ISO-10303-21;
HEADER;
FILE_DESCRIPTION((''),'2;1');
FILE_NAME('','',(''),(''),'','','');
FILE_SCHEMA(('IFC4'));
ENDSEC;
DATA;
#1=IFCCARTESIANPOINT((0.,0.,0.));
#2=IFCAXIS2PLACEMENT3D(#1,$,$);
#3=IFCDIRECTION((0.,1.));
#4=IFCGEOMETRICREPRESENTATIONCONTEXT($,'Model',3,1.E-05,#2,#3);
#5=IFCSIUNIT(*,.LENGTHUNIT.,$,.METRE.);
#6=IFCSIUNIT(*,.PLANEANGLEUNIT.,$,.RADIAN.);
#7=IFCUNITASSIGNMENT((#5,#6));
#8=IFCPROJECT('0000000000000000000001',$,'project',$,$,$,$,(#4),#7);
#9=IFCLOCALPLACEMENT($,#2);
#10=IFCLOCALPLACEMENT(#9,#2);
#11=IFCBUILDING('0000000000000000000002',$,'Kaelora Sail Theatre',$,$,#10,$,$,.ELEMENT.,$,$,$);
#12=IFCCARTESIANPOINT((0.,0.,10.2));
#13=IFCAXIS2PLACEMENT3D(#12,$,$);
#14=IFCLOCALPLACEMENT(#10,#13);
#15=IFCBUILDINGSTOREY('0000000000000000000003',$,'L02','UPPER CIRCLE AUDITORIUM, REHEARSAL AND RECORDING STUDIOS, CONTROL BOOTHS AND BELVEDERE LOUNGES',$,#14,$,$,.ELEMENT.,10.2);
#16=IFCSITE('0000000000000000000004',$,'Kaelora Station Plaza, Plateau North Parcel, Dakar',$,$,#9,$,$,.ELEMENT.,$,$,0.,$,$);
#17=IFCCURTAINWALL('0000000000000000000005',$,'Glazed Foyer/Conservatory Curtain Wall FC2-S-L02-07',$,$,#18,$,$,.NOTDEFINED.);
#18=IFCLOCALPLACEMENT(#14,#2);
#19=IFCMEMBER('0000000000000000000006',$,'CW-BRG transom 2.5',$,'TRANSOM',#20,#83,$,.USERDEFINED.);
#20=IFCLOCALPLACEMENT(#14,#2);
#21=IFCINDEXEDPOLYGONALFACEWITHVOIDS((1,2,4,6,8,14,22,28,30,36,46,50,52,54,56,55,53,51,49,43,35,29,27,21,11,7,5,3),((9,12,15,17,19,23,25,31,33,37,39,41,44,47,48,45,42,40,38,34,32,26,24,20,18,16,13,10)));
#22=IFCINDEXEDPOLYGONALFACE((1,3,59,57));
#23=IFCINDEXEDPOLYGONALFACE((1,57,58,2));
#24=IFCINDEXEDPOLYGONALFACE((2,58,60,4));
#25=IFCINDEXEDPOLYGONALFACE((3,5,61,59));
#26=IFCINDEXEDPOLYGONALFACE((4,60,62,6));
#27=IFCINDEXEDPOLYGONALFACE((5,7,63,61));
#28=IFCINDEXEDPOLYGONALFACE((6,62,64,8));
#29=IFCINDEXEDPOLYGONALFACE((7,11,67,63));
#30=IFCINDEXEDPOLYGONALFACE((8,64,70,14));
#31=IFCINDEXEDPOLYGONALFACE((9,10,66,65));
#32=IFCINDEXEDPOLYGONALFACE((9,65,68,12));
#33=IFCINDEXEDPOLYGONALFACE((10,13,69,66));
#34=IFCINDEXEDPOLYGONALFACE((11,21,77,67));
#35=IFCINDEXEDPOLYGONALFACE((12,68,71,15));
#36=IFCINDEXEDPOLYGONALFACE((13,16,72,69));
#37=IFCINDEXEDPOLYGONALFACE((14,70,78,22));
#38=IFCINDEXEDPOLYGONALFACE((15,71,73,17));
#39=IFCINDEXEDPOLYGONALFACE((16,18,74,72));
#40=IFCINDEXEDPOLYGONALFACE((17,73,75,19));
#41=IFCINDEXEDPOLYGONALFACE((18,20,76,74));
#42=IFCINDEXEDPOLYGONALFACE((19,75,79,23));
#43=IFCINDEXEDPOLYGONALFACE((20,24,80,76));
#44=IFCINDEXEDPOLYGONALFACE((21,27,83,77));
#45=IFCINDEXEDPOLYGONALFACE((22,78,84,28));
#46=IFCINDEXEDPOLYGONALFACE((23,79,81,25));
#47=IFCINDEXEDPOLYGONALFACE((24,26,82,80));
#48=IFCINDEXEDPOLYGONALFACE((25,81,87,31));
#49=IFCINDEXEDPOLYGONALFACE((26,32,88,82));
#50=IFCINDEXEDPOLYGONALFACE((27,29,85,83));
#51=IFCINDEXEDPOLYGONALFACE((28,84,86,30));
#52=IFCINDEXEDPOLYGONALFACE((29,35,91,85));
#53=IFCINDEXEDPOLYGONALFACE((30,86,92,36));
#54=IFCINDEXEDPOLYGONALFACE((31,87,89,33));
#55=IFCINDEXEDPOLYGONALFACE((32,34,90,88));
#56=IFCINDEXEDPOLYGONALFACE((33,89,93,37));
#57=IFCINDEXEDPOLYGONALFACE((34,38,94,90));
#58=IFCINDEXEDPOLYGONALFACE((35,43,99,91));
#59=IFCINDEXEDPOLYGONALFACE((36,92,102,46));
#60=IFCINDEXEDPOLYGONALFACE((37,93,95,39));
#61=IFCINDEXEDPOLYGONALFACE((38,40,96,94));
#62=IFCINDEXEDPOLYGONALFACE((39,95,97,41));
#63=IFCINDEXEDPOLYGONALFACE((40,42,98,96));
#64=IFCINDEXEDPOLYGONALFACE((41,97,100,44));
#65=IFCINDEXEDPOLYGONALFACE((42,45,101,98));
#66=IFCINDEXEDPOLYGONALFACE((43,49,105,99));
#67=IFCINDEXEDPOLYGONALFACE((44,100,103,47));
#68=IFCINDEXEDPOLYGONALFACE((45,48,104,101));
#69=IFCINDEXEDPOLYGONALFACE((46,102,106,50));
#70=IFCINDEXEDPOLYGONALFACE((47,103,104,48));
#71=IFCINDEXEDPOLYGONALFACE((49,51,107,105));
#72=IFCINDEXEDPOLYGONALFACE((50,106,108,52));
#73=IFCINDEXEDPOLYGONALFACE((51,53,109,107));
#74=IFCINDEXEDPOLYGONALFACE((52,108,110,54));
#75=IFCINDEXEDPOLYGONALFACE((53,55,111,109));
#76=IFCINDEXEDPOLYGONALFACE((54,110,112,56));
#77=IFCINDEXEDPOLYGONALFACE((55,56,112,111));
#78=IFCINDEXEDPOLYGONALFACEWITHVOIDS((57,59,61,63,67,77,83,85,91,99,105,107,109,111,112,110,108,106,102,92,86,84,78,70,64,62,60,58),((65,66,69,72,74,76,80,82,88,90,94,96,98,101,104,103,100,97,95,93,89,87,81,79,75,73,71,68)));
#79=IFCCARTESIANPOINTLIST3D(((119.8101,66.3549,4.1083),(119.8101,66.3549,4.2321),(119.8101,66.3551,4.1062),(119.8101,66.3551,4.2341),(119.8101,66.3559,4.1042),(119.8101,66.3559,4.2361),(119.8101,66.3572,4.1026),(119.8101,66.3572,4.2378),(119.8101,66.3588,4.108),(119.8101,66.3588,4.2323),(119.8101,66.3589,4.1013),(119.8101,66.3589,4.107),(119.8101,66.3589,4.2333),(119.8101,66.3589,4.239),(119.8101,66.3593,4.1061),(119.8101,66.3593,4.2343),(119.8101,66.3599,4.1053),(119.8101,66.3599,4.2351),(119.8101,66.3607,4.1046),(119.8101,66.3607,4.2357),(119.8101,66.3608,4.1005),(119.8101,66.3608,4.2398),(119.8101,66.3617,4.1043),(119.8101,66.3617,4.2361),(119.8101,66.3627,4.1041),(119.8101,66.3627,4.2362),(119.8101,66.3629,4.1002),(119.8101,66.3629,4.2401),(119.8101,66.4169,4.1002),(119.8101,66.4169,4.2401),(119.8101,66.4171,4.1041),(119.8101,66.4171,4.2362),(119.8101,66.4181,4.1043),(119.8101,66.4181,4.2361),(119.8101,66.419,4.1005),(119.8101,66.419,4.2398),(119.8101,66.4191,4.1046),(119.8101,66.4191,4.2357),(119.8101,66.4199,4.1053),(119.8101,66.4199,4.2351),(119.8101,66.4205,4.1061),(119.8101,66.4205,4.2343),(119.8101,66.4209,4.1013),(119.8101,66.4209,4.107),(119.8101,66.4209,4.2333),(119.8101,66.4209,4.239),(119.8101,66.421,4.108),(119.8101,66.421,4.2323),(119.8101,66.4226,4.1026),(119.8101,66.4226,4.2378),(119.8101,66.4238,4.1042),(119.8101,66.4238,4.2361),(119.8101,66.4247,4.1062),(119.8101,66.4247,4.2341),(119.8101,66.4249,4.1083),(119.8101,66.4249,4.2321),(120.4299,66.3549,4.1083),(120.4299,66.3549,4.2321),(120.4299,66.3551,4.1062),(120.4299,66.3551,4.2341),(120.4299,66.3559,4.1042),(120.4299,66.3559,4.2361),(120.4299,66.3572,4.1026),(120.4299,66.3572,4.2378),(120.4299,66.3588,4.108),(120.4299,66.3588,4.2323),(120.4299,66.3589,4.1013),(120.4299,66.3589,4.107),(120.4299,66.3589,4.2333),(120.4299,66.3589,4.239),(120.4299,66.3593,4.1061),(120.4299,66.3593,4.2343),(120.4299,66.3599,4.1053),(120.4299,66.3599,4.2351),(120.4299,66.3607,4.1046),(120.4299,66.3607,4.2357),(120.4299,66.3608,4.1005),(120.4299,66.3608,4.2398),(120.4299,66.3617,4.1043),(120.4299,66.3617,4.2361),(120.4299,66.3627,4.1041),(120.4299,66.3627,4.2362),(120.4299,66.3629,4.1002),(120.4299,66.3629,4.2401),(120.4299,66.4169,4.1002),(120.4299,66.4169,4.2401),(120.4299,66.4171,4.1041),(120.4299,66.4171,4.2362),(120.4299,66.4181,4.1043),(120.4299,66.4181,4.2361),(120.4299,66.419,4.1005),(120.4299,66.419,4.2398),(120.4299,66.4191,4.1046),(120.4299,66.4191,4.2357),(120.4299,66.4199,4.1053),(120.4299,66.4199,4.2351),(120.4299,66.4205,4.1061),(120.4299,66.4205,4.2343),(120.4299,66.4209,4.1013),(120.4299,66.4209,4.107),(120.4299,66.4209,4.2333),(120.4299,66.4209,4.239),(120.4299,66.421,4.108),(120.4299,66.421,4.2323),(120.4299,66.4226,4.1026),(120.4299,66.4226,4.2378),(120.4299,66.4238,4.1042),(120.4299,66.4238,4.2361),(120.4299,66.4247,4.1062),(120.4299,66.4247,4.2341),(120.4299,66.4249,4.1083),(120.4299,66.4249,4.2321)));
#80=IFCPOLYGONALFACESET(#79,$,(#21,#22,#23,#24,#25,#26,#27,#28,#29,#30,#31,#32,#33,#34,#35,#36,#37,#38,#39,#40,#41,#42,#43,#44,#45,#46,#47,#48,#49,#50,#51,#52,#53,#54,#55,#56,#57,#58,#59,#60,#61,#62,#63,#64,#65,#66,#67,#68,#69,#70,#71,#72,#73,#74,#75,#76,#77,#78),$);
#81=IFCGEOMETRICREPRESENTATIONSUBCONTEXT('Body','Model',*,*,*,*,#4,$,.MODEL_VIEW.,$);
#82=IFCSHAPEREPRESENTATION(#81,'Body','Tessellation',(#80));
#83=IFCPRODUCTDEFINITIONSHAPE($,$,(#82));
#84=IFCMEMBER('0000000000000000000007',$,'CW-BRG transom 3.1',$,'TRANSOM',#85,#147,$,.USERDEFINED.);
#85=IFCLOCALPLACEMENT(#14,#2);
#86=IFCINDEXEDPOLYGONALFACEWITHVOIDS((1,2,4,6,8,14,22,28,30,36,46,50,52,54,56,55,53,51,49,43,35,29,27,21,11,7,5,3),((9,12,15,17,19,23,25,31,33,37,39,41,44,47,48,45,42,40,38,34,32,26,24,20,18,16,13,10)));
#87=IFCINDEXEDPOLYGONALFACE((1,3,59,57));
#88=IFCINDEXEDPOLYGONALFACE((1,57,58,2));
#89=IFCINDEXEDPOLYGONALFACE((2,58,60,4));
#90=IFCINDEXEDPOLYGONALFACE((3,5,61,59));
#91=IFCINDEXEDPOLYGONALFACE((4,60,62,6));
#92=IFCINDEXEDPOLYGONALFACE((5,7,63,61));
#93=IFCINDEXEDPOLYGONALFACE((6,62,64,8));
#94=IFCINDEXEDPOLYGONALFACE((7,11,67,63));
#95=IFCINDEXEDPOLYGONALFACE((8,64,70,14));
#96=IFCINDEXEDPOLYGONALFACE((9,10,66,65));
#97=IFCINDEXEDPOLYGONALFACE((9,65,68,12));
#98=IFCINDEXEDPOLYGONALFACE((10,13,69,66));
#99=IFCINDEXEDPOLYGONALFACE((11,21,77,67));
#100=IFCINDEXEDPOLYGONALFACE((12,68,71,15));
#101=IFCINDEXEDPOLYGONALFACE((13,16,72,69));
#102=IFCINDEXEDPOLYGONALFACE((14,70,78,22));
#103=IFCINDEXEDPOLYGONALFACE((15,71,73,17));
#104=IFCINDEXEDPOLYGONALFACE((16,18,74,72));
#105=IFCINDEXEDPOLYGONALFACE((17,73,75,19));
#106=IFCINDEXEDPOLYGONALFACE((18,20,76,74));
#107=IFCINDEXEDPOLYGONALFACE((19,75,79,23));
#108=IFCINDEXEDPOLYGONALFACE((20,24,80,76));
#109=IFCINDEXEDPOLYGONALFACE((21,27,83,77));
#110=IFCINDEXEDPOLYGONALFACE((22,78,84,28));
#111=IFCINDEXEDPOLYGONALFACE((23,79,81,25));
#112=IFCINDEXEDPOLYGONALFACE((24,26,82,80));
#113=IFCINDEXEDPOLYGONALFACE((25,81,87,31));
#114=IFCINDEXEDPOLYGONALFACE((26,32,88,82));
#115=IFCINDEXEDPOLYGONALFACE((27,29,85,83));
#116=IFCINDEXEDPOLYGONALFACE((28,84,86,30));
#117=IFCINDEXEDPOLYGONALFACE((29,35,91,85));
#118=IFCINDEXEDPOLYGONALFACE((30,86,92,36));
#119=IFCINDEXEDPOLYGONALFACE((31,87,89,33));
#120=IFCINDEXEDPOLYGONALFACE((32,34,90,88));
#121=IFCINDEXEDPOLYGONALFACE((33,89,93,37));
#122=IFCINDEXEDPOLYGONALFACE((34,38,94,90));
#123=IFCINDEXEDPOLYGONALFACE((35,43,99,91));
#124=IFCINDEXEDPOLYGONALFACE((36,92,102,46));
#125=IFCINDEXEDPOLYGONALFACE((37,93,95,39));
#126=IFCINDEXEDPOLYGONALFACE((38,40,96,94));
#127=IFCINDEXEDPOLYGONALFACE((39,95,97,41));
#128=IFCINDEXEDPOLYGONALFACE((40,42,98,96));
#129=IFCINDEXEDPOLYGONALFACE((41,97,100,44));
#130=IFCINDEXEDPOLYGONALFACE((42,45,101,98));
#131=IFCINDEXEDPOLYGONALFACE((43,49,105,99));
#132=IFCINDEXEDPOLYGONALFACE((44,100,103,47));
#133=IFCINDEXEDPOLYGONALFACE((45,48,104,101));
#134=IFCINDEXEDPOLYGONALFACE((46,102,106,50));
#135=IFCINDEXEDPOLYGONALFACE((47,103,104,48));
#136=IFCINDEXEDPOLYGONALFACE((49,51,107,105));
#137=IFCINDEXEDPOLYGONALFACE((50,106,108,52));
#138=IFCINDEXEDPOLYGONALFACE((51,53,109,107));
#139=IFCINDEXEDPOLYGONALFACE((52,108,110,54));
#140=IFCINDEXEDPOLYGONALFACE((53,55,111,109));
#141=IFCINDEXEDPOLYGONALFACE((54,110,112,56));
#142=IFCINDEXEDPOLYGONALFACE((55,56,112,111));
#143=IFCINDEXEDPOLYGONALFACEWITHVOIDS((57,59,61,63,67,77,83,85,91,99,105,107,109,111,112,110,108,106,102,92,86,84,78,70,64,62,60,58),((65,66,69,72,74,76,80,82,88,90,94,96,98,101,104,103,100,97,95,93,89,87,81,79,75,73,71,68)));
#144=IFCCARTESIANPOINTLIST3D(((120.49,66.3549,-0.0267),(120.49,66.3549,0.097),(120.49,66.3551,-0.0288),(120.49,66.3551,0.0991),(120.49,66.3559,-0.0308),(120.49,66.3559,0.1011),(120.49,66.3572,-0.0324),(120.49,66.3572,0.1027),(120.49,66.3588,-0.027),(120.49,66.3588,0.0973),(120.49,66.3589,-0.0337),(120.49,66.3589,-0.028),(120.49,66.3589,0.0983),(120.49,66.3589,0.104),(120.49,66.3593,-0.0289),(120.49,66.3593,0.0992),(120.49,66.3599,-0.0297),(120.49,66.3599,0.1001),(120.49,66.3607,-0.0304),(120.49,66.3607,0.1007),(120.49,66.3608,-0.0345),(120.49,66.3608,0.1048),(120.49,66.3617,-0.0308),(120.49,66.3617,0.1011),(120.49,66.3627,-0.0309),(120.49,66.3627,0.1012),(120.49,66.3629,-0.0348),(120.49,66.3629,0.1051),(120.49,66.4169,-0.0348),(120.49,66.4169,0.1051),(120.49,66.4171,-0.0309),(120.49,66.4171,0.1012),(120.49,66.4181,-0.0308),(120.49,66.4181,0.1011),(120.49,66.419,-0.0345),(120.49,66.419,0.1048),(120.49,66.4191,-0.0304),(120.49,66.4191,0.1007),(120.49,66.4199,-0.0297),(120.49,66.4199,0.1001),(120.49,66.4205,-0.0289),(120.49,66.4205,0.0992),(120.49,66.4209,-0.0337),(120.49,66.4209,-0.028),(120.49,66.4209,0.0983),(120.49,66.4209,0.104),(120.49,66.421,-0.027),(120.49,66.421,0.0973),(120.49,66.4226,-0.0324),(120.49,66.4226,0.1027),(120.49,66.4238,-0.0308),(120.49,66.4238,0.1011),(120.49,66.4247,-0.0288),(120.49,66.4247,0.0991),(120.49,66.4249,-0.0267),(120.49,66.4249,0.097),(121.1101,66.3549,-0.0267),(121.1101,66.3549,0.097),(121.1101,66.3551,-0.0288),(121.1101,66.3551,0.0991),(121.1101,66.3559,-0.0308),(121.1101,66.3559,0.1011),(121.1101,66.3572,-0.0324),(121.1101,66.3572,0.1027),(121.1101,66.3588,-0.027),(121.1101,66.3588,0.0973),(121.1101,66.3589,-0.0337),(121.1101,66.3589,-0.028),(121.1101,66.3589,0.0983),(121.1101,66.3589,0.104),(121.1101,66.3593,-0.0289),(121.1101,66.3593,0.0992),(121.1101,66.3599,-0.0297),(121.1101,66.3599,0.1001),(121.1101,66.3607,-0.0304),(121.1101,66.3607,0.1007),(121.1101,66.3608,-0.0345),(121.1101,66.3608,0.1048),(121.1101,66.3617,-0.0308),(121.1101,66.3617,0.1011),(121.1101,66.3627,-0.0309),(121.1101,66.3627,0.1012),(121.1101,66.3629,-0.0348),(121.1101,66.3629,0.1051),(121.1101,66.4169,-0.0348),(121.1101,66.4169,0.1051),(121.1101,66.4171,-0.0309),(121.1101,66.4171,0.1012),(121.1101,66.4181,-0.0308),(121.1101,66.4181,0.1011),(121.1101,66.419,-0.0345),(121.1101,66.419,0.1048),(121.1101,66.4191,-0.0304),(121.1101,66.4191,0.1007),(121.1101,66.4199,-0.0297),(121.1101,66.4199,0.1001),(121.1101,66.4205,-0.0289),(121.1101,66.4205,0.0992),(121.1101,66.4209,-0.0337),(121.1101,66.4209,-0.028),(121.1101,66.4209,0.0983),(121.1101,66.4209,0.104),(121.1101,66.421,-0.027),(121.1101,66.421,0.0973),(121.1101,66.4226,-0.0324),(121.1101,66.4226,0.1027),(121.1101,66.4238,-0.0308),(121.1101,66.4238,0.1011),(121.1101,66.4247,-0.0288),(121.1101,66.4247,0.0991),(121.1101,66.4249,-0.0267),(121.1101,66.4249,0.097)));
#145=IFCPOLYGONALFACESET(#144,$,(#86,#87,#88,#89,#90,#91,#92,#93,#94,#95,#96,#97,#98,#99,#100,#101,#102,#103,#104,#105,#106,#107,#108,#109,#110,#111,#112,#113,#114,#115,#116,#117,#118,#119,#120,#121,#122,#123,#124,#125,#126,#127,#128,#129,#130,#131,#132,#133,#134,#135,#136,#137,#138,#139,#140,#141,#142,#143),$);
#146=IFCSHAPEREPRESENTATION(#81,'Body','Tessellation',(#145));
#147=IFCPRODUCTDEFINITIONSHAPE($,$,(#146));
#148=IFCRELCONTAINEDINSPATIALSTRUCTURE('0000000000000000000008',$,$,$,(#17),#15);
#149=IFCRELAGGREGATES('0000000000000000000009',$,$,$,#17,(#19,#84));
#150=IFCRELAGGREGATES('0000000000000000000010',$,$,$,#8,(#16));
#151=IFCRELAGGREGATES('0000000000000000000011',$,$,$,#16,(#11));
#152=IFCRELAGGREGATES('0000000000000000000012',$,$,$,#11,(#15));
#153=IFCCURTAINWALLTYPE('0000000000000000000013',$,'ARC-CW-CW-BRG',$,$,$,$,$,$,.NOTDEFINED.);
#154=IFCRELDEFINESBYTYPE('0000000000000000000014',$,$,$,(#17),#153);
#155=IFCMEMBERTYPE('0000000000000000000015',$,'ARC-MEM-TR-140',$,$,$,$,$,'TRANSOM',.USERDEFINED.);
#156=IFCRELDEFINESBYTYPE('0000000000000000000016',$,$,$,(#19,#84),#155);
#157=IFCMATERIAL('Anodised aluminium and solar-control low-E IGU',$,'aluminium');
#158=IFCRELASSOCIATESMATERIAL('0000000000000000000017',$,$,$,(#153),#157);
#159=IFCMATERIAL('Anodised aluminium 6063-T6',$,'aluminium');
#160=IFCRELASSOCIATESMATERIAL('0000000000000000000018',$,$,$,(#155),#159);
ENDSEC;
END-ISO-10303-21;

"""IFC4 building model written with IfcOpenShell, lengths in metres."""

from ifc_helpers import new_model, si_unit, direction, frame, origin, origin_2d, place, context, subcontext, project, spatial, hollow_rectangle, extrude, material, material_profile, profile_set, type_object, element, aggregate, save


model = new_model("IFC4")

# Units and contexts
model_context = context("Model", 3, precision=1e-05, world=origin(), true_north=direction((0.0, 1.0)))
body_context = subcontext(model_context, "Body", "Model", "MODEL_VIEW")
ifc_project = project(units=[si_unit("LENGTHUNIT", "METRE"), si_unit("PLANEANGLEUNIT", "RADIAN")], contexts=[model_context])

# Site, building, storey
site_placement = place(None, origin())
site = spatial("IfcSite", under=ifc_project, at=site_placement, Name="Kaelora Station Plaza, Plateau North Parcel, Dakar", CompositionType="ELEMENT", RefElevation=0.0)
building_placement = place(site_placement, origin())
building = spatial("IfcBuilding", under=site, at=building_placement, Name="Kaelora Sail Theatre", CompositionType="ELEMENT")
storey_placement = place(building_placement, frame((0.0, 0.0, 10.2)))
storey = spatial("IfcBuildingStorey", under=building, at=storey_placement, Name="L02", Description="UPPER CIRCLE AUDITORIUM, REHEARSAL AND RECORDING STUDIOS, CONTROL BOOTHS AND BELVEDERE LOUNGES", CompositionType="ELEMENT", Elevation=10.2)

# Shared definitions
ifc_material_1 = material(Name="Anodised aluminium and solar-control low-E IGU", Category="aluminium")
curtain_wall_type = type_object("IfcCurtainWallType", Name="ARC-CW-CW-BRG", PredefinedType="NOTDEFINED", material=ifc_material_1)

# Curtain wall
curtain_wall_1_placement = place(storey_placement, origin())
curtain_wall_1 = element("IfcCurtainWall", 1, at=curtain_wall_1_placement, inside=storey, type_object=curtain_wall_type, Name="Glazed Foyer/Conservatory Curtain Wall FC2-S-L02-07", PredefinedType="NOTDEFINED")

# Members
ifc_material_2 = material(Name="Anodised aluminium 6063-T6", Category="aluminium")
ifc_material_profile_1 = material_profile(ifc_material_2, hollow_rectangle(XDim=0.0701, YDim=0.1399, WallThickness=0.0039, InnerFilletRadius=0.0039, OuterFilletRadius=0.0081, at=origin_2d()), Name="ALU-TRAN 70x140x4")
ifc_profile_set_1 = profile_set([ifc_material_profile_1], Name="Anodised aluminium 6063-T6")
member_type_1 = type_object("IfcMemberType", Name="ARC-MEM-TR-140", ElementType="TRANSOM", PredefinedType="USERDEFINED", material=ifc_profile_set_1)
member_1_placement = place(storey_placement, frame((119.8101, 66.3899, 4.1702), z_axis=(1.0, 0.0, 0.0), x_axis=(0.0, 1.0, 0.0)))
member_1 = element("IfcMember", 2, at=member_1_placement, type_object=member_type_1, Name="CW-BRG transom 2.5", ObjectType="TRANSOM", PredefinedType="USERDEFINED", context=body_context, shape_type="SweptSolid", body=[
    extrude(hollow_rectangle(XDim=0.0701, YDim=0.1399, WallThickness=0.0039, InnerFilletRadius=0.0039, OuterFilletRadius=0.0081, at=origin_2d()), origin(), (0.0, 0.0, 1.0), 0.6199),
])
member_2_placement = place(storey_placement, frame((120.49, 66.3899, 0.0352), z_axis=(1.0, 0.0, 0.0), x_axis=(0.0, 1.0, 0.0)))
member_2 = element("IfcMember", 3, at=member_2_placement, type_object=member_type_1, Name="CW-BRG transom 3.1", ObjectType="TRANSOM", PredefinedType="USERDEFINED", context=body_context, shape_type="SweptSolid", body=[
    extrude(hollow_rectangle(XDim=0.0701, YDim=0.1399, WallThickness=0.0039, InnerFilletRadius=0.0039, OuterFilletRadius=0.0081, at=origin_2d()), origin(), (0.0, 0.0, 1.0), 0.6201),
])

aggregate(curtain_wall_1, [member_1, member_2])

save(model, "model.ifc")
